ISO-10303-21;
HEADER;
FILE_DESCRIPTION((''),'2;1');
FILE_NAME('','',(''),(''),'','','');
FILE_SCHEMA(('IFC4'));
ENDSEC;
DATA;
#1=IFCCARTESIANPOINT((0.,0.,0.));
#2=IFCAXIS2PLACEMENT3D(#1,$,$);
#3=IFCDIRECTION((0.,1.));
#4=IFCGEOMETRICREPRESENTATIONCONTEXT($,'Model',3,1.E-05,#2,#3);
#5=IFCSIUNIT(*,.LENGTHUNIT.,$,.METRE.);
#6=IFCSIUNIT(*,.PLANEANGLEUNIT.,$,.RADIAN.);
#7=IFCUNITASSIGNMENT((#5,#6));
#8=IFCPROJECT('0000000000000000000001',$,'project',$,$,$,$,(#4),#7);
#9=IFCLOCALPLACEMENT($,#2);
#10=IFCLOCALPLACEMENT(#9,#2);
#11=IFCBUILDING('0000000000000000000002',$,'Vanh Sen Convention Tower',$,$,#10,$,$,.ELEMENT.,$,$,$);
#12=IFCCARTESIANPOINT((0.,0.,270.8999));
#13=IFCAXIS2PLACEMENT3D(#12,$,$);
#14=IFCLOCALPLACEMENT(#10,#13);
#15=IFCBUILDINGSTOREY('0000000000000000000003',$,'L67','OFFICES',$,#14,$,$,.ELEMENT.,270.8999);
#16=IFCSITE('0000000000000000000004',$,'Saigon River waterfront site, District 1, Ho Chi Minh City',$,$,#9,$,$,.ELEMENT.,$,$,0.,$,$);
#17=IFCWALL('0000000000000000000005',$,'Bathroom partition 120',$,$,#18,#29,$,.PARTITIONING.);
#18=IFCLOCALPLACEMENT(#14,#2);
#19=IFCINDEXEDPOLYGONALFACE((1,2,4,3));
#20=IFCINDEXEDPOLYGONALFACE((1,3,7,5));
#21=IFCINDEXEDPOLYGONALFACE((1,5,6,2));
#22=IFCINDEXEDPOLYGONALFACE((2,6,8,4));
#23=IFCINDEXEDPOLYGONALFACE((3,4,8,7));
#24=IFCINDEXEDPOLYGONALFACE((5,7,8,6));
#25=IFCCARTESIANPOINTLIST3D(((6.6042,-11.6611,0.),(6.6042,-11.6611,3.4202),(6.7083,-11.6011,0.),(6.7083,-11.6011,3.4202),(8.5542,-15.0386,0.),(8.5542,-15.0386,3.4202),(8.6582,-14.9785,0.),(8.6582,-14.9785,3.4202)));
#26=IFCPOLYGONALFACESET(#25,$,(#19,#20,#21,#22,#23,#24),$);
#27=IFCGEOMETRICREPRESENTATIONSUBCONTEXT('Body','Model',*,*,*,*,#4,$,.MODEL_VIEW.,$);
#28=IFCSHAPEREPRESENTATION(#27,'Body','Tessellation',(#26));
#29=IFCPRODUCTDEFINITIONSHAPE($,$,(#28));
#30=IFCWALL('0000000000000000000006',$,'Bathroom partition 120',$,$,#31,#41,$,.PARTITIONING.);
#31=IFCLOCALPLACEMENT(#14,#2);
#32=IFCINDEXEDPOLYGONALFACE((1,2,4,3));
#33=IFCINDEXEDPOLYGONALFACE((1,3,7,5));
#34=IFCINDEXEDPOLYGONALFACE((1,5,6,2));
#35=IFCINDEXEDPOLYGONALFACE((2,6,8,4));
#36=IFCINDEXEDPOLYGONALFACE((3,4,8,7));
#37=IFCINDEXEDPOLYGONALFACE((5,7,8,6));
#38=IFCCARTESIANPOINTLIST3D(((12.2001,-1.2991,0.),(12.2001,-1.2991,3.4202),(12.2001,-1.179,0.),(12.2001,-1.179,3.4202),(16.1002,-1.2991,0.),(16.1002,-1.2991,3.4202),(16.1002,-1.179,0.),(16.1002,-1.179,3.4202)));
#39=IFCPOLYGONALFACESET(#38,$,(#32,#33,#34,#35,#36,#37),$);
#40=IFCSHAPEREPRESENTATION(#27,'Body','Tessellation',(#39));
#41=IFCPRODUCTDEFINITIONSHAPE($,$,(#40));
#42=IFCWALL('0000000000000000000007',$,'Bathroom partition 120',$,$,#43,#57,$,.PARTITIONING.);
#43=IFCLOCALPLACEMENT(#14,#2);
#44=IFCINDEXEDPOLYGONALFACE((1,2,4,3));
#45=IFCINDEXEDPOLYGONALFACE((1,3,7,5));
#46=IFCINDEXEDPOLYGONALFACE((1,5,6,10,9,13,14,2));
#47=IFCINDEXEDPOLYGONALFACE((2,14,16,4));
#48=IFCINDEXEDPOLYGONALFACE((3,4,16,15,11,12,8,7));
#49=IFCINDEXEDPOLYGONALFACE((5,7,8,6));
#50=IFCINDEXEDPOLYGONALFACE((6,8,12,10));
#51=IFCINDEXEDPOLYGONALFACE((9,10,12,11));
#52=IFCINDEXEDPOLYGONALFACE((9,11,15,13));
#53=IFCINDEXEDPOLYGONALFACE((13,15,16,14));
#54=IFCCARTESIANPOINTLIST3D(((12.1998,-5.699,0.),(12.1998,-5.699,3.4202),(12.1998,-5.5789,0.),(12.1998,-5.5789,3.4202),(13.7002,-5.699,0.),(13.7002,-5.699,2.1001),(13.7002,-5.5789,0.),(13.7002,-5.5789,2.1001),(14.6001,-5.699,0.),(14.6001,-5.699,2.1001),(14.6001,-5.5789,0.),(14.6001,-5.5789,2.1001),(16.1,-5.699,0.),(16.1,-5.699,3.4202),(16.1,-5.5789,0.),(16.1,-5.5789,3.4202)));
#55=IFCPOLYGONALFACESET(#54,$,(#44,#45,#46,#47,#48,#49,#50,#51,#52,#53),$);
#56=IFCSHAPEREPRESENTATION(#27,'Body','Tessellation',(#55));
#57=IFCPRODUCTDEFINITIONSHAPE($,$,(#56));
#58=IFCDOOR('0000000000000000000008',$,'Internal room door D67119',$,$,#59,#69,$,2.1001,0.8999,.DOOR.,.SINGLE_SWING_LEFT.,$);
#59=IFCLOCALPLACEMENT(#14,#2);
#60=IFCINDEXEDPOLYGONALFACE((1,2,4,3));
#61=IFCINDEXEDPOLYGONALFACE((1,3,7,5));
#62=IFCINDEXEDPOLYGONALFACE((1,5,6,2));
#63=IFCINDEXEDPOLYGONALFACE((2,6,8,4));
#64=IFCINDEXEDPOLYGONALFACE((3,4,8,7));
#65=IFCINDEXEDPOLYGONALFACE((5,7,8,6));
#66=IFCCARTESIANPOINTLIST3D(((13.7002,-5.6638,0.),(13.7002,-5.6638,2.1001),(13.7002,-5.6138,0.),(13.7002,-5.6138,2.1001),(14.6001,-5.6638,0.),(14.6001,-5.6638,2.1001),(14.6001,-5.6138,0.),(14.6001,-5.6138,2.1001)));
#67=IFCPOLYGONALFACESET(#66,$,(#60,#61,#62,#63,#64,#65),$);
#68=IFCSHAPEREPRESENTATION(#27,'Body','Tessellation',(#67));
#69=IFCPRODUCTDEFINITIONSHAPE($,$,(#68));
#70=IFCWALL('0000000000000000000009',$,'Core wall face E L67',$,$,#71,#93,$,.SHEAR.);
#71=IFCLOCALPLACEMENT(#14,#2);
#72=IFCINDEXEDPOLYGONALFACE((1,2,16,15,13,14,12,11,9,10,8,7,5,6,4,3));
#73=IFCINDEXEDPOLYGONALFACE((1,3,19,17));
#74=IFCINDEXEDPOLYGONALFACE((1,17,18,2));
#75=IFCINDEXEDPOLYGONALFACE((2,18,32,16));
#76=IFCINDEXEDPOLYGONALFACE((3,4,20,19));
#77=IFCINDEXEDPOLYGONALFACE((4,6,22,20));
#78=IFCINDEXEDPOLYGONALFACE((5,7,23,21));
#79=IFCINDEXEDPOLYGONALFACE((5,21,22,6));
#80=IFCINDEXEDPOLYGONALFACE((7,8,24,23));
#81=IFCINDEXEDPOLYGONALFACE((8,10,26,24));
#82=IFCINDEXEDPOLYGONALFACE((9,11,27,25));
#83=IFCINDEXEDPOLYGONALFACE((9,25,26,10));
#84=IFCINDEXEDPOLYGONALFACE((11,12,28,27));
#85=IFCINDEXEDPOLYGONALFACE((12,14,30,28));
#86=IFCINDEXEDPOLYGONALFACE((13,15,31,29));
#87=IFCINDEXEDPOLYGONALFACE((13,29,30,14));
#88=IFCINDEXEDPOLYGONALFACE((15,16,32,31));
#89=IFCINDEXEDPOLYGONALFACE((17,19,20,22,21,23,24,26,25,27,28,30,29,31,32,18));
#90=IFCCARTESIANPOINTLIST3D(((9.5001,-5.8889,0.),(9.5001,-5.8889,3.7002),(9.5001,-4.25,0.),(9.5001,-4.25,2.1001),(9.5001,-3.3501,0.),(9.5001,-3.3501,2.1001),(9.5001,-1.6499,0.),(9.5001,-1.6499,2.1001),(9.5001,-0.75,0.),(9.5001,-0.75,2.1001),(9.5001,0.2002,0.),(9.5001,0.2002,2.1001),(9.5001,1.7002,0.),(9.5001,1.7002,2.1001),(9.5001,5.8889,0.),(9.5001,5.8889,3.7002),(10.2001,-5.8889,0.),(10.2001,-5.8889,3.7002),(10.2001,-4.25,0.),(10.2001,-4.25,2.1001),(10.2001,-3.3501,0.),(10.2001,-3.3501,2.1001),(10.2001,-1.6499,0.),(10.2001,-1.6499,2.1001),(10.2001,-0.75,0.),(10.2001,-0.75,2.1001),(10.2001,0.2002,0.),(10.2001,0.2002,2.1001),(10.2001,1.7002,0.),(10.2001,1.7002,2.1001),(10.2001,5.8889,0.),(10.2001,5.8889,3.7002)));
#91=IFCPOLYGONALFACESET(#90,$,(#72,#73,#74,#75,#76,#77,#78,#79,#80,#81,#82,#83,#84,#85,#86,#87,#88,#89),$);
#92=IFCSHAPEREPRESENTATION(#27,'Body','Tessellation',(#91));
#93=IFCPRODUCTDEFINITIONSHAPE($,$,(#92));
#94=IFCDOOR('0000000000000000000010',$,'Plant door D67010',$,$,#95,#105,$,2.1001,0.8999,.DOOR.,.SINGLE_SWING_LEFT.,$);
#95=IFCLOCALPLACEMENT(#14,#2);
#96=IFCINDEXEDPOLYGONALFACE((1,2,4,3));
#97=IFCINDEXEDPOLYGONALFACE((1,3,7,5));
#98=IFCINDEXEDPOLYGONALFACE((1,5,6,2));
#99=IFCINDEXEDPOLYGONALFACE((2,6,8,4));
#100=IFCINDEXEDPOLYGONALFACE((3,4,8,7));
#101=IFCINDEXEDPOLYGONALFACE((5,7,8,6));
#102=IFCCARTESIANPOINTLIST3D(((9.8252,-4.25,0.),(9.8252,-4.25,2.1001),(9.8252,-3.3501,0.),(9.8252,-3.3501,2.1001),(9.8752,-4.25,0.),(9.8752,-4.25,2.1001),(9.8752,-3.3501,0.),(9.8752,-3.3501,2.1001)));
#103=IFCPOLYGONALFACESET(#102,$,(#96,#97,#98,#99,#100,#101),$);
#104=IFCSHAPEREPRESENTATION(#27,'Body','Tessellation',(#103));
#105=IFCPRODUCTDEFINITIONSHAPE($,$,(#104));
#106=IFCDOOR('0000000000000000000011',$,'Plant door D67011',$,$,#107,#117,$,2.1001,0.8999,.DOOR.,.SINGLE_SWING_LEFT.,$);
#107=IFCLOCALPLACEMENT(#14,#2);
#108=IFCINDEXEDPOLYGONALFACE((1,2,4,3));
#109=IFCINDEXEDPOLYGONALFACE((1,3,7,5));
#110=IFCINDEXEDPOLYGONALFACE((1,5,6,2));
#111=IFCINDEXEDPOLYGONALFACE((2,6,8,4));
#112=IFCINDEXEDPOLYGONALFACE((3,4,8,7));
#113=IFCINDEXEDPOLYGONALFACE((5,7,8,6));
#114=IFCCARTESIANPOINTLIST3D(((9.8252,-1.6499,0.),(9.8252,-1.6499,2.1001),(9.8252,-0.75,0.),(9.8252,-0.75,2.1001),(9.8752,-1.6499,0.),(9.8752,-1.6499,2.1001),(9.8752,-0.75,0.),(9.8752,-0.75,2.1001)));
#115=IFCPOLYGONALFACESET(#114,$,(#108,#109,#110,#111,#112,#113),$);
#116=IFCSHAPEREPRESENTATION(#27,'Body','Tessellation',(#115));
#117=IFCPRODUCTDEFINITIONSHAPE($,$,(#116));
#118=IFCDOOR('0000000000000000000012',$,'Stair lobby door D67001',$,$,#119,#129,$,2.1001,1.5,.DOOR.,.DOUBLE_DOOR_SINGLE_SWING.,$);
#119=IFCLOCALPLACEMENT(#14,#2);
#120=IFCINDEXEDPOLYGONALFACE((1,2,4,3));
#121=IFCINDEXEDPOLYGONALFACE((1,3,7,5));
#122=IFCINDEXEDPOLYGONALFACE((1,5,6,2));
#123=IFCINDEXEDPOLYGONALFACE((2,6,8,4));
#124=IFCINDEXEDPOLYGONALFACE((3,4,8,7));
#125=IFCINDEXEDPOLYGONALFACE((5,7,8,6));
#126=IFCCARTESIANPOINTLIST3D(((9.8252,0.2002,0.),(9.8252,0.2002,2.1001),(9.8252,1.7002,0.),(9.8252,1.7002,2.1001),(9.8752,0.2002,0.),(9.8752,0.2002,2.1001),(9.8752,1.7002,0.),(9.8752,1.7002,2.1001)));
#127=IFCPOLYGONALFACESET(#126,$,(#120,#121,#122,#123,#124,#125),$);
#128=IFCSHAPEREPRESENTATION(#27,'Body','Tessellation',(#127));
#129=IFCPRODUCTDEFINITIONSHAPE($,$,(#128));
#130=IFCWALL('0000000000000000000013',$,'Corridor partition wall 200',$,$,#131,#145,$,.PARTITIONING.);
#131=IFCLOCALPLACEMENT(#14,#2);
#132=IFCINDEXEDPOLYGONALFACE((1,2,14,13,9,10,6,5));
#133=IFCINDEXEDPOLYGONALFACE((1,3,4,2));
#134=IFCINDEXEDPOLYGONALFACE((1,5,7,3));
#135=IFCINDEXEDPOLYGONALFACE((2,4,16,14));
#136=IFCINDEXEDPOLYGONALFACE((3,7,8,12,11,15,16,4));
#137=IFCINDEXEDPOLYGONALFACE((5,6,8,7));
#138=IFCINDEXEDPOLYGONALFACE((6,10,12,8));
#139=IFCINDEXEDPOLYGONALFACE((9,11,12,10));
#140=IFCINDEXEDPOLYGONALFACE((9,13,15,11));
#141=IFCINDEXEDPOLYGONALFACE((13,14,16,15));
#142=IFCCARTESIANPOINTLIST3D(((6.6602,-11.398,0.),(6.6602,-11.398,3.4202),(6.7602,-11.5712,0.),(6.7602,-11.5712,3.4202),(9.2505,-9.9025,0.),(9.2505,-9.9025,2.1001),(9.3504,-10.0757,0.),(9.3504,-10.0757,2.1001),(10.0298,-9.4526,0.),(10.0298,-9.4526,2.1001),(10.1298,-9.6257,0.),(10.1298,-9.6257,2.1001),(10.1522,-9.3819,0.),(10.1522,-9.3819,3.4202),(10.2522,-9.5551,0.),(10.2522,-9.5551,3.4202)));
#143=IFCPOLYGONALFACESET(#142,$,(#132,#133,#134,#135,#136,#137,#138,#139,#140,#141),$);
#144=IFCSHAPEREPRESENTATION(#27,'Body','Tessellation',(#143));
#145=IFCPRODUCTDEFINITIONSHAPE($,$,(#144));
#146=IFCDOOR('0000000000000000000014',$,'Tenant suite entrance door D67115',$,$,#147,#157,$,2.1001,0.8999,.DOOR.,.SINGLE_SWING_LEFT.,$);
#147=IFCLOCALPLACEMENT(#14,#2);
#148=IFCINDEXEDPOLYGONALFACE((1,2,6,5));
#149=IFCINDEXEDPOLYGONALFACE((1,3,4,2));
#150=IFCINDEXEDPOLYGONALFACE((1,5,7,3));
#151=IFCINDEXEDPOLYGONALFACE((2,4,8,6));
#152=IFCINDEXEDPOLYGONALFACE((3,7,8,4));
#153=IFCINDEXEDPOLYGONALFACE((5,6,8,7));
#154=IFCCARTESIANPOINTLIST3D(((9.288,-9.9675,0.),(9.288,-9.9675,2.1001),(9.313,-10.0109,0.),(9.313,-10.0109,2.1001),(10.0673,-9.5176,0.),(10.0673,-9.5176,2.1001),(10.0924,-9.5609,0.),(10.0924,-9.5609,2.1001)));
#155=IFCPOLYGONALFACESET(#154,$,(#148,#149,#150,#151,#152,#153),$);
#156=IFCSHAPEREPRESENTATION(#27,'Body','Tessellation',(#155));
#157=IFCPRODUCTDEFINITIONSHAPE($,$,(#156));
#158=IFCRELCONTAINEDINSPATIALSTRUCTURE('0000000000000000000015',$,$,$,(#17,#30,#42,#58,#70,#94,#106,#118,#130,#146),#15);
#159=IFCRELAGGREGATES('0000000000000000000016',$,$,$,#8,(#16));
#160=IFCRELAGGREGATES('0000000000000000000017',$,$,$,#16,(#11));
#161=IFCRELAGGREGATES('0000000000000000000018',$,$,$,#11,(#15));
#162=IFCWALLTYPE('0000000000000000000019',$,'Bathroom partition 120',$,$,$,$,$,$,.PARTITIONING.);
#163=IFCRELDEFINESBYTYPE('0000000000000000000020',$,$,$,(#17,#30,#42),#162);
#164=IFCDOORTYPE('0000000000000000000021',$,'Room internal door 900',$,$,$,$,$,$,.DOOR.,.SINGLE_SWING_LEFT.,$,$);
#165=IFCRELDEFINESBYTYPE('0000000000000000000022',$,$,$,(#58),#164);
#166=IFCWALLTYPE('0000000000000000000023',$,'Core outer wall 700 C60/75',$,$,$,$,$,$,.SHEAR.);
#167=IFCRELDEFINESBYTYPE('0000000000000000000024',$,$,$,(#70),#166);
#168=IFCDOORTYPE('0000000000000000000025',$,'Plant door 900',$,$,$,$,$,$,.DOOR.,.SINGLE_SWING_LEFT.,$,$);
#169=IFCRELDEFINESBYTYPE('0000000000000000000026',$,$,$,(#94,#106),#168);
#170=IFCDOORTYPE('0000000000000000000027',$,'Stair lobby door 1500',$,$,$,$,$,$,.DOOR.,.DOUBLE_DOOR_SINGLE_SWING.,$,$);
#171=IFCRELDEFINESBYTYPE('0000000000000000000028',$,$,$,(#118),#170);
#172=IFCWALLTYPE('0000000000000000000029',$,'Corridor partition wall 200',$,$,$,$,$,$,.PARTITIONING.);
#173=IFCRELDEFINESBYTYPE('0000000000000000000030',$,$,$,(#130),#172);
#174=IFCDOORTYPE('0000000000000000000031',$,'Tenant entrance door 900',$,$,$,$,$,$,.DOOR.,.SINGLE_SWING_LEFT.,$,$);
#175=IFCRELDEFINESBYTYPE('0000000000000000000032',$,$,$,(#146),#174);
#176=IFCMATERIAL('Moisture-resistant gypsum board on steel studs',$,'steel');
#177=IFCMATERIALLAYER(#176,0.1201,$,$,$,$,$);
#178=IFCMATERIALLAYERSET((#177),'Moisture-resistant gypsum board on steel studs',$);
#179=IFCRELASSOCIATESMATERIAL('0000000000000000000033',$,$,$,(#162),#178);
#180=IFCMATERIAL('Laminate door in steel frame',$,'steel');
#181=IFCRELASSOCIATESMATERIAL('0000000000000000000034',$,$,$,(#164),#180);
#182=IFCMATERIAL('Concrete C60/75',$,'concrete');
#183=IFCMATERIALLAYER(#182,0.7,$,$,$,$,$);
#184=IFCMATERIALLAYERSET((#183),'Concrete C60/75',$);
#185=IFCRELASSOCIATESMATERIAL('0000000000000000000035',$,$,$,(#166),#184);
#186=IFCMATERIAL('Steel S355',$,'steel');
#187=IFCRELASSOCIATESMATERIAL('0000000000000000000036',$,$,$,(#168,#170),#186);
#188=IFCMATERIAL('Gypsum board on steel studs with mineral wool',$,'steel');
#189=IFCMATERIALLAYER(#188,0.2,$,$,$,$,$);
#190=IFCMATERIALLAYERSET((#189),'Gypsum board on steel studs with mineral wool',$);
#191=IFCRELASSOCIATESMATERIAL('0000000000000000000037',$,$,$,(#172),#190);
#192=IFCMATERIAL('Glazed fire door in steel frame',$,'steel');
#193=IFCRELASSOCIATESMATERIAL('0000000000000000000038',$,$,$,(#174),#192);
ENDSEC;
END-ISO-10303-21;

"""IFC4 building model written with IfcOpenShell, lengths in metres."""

from ifc_helpers import new_model, si_unit, direction, frame, frame_2d, origin, place, context, subcontext, project, spatial, rectangle, extrude, material, layer, layer_set, type_object, element, fill, save


model = new_model("IFC4")

# Units and contexts
model_context = context("Model", 3, precision=1e-05, world=origin(), true_north=direction((0.0, 1.0)))
body_context = subcontext(model_context, "Body", "Model", "MODEL_VIEW")
ifc_project = project(units=[si_unit("LENGTHUNIT", "METRE"), si_unit("PLANEANGLEUNIT", "RADIAN")], contexts=[model_context])

# Site, building, storey
site_placement = place(None, origin())
site = spatial("IfcSite", under=ifc_project, at=site_placement, Name="Saigon River waterfront site, District 1, Ho Chi Minh City", CompositionType="ELEMENT", RefElevation=0.0)
building_placement = place(site_placement, origin())
building = spatial("IfcBuilding", under=site, at=building_placement, Name="Vanh Sen Convention Tower", CompositionType="ELEMENT")
storey_placement = place(building_placement, frame((0.0, 0.0, 270.8999)))
storey = spatial("IfcBuildingStorey", under=building, at=storey_placement, Name="L67", Description="OFFICES", CompositionType="ELEMENT", Elevation=270.8999)

# Walls
ifc_material_1 = material(Name="Moisture-resistant gypsum board on steel studs", Category="steel")
ifc_layer_1 = layer(ifc_material_1, 0.1201)
ifc_layer_set_1 = layer_set([ifc_layer_1], Name="Moisture-resistant gypsum board on steel studs")
wall_type_1 = type_object("IfcWallType", Name="Bathroom partition 120", PredefinedType="PARTITIONING", material=ifc_layer_set_1)
wall_1_placement = place(storey_placement, frame((6.6562, -11.6311, 0.0), z_axis=(0.0, 0.0, 1.0), x_axis=(0.499997, -0.866027, 0.0)))
element("IfcWall", 1, at=wall_1_placement, inside=storey, type_object=wall_type_1, Name="Bathroom partition 120", PredefinedType="PARTITIONING", context=body_context, shape_type="SweptSolid", body=[
    extrude(rectangle(XDim=3.8999, YDim=0.1201, at=frame_2d((1.95, 0.0))), origin(), (0.0, 0.0, 1.0), 3.4202),
])
wall_2_placement = place(storey_placement, frame((12.2, -1.239, 0.0), z_axis=(0.0, 0.0, 1.0), x_axis=(1.0, 0.0, 0.0)))
element("IfcWall", 2, at=wall_2_placement, inside=storey, type_object=wall_type_1, Name="Bathroom partition 120", PredefinedType="PARTITIONING", context=body_context, shape_type="SweptSolid", body=[
    extrude(rectangle(XDim=3.9001, YDim=0.1201, at=frame_2d((1.9502, 0.0))), origin(), (0.0, 0.0, 1.0), 3.4202),
])

# Wall, opening, door
wall_3_placement = place(storey_placement, frame((16.1001, -5.6389, 0.0), z_axis=(0.0, 0.0, 1.0), x_axis=(-1.0, 0.0, 0.0)))
wall_3 = element("IfcWall", 3, at=wall_3_placement, inside=storey, type_object=wall_type_1, Name="Bathroom partition 120", PredefinedType="PARTITIONING", context=body_context, shape_type="SweptSolid", body=[
    extrude(rectangle(XDim=3.9001, YDim=0.1201, at=frame_2d((1.9502, 0.0))), origin(), (0.0, 0.0, 1.0), 3.4202),
])
opening_1_placement = place(wall_3_placement, frame((1.5, 0.0, 0.0)))
opening_1 = element("IfcOpeningElement", 4, at=opening_1_placement, cuts=wall_3, PredefinedType="OPENING", context=body_context, shape_type="SweptSolid", body=[
    extrude(rectangle(XDim=0.8999, YDim=2.1001, at=frame_2d((0.45, 1.05))), frame((0.0, 0.0701, 0.0), z_axis=(0.0, -1.0, 0.0), x_axis=(1.0, 0.0, 0.0)), (0.0, 0.0, 1.0), 0.1401),
])
ifc_material_2 = material(Name="Laminate door in steel frame", Category="steel")
door_type_1 = type_object("IfcDoorType", Name="Room internal door 900", OperationType="SINGLE_SWING_LEFT", PredefinedType="DOOR", material=ifc_material_2)
door_1_placement = place(opening_1_placement, origin())
door_1 = element("IfcDoor", 5, at=door_1_placement, inside=storey, type_object=door_type_1, Name="Internal room door D67119", OperationType="SINGLE_SWING_LEFT", OverallHeight=2.1001, OverallWidth=0.8999, PredefinedType="DOOR", context=body_context, shape_type="SweptSolid", body=[
    extrude(rectangle(XDim=0.8999, YDim=2.1001, at=frame_2d((0.45, 1.05))), frame((0.0, 0.0249, 0.0), z_axis=(0.0, -1.0, 0.0), x_axis=(1.0, 0.0, 0.0)), (0.0, 0.0, 1.0), 0.05),
])
fill(opening_1, door_1)

# Wall, openings, doors
ifc_material_3 = material(Name="Concrete C60/75", Category="concrete")
ifc_layer_2 = layer(ifc_material_3, 0.7)
ifc_layer_set_2 = layer_set([ifc_layer_2], Name="Concrete C60/75")
wall_type_2 = type_object("IfcWallType", Name="Core outer wall 700 C60/75", PredefinedType="SHEAR", material=ifc_layer_set_2)
wall_4_placement = place(storey_placement, frame((9.8501, -5.8889, 0.0), z_axis=(0.0, 0.0, 1.0), x_axis=(0.0, 1.0, 0.0)))
wall_4 = element("IfcWall", 6, at=wall_4_placement, inside=storey, type_object=wall_type_2, Name="Core wall face E L67", PredefinedType="SHEAR", context=body_context, shape_type="SweptSolid", body=[
    extrude(rectangle(XDim=11.7778, YDim=0.7, at=frame_2d((5.8889, 0.0))), origin(), (0.0, 0.0, 1.0), 3.7002),
])
opening_2_placement = place(wall_4_placement, frame((6.0891, 0.0, 0.0)))
opening_2 = element("IfcOpeningElement", 7, at=opening_2_placement, cuts=wall_4, PredefinedType="OPENING", context=body_context, shape_type="SweptSolid", body=[
    extrude(rectangle(XDim=1.5, YDim=2.1001, at=frame_2d((0.75, 1.05))), frame((0.0, 0.3599, 0.0), z_axis=(0.0, -1.0, 0.0), x_axis=(1.0, 0.0, 0.0)), (0.0, 0.0, 1.0), 0.72),
])
opening_3_placement = place(wall_4_placement, frame((1.6389, 0.0, 0.0)))
opening_3 = element("IfcOpeningElement", 8, at=opening_3_placement, cuts=wall_4, PredefinedType="OPENING", context=body_context, shape_type="SweptSolid", body=[
    extrude(rectangle(XDim=0.8999, YDim=2.1001, at=frame_2d((0.45, 1.05))), frame((0.0, 0.3599, 0.0), z_axis=(0.0, -1.0, 0.0), x_axis=(1.0, 0.0, 0.0)), (0.0, 0.0, 1.0), 0.72),
])
opening_4_placement = place(wall_4_placement, frame((4.239, 0.0, 0.0)))
opening_4 = element("IfcOpeningElement", 9, at=opening_4_placement, cuts=wall_4, PredefinedType="OPENING", context=body_context, shape_type="SweptSolid", body=[
    extrude(rectangle(XDim=0.8999, YDim=2.1001, at=frame_2d((0.45, 1.05))), frame((0.0, 0.3599, 0.0), z_axis=(0.0, -1.0, 0.0), x_axis=(1.0, 0.0, 0.0)), (0.0, 0.0, 1.0), 0.72),
])
ifc_material_4 = material(Name="Steel S355", Category="steel")
door_type_2 = type_object("IfcDoorType", Name="Plant door 900", OperationType="SINGLE_SWING_LEFT", PredefinedType="DOOR", material=ifc_material_4)
door_2_placement = place(opening_3_placement, origin())
door_2 = element("IfcDoor", 10, at=door_2_placement, inside=storey, type_object=door_type_2, Name="Plant door D67010", OperationType="SINGLE_SWING_LEFT", OverallHeight=2.1001, OverallWidth=0.8999, PredefinedType="DOOR", context=body_context, shape_type="SweptSolid", body=[
    extrude(rectangle(XDim=0.8999, YDim=2.1001, at=frame_2d((0.45, 1.05))), frame((0.0, 0.0249, 0.0), z_axis=(0.0, -1.0, 0.0), x_axis=(1.0, 0.0, 0.0)), (0.0, 0.0, 1.0), 0.05),
])
fill(opening_3, door_2)
door_3_placement = place(opening_4_placement, origin())
door_3 = element("IfcDoor", 11, at=door_3_placement, inside=storey, type_object=door_type_2, Name="Plant door D67011", OperationType="SINGLE_SWING_LEFT", OverallHeight=2.1001, OverallWidth=0.8999, PredefinedType="DOOR", context=body_context, shape_type="SweptSolid", body=[
    extrude(rectangle(XDim=0.8999, YDim=2.1001, at=frame_2d((0.45, 1.05))), frame((0.0, 0.0249, 0.0), z_axis=(0.0, -1.0, 0.0), x_axis=(1.0, 0.0, 0.0)), (0.0, 0.0, 1.0), 0.05),
])
fill(opening_4, door_3)
door_type_3 = type_object("IfcDoorType", Name="Stair lobby door 1500", OperationType="DOUBLE_DOOR_SINGLE_SWING", PredefinedType="DOOR", material=ifc_material_4)
door_4_placement = place(opening_2_placement, origin())
door_4 = element("IfcDoor", 12, at=door_4_placement, inside=storey, type_object=door_type_3, Name="Stair lobby door D67001", OperationType="DOUBLE_DOOR_SINGLE_SWING", OverallHeight=2.1001, OverallWidth=1.5, PredefinedType="DOOR", context=body_context, shape_type="SweptSolid", body=[
    extrude(rectangle(XDim=1.5, YDim=2.1001, at=frame_2d((0.75, 1.05))), frame((0.0, 0.0249, 0.0), z_axis=(0.0, -1.0, 0.0), x_axis=(1.0, 0.0, 0.0)), (0.0, 0.0, 1.0), 0.05),
])
fill(opening_2, door_4)

# Wall, opening, door
ifc_material_5 = material(Name="Gypsum board on steel studs with mineral wool", Category="steel")
ifc_layer_3 = layer(ifc_material_5, 0.2)
ifc_layer_set_3 = layer_set([ifc_layer_3], Name="Gypsum board on steel studs with mineral wool")
wall_type_3 = type_object("IfcWallType", Name="Corridor partition wall 200", PredefinedType="PARTITIONING", material=ifc_layer_set_3)
wall_5_placement = place(storey_placement, frame((6.7102, -11.4846, 0.0), z_axis=(0.0, 0.0, 1.0), x_axis=(0.866021, 0.500007, 0.0)))
wall_5 = element("IfcWall", 13, at=wall_5_placement, inside=storey, type_object=wall_type_3, Name="Corridor partition wall 200", PredefinedType="PARTITIONING", context=body_context, shape_type="SweptSolid", body=[
    extrude(rectangle(XDim=4.0322, YDim=0.2, at=frame_2d((2.0161, 0.0))), origin(), (0.0, 0.0, 1.0), 3.4202),
])
opening_5_placement = place(wall_5_placement, frame((2.991, 0.0, 0.0)))
opening_5 = element("IfcOpeningElement", 14, at=opening_5_placement, cuts=wall_5, PredefinedType="OPENING", context=body_context, shape_type="SweptSolid", body=[
    extrude(rectangle(XDim=0.8999, YDim=2.1001, at=frame_2d((0.45, 1.05))), frame((0.0, 0.1099, 0.0), z_axis=(0.0, -1.0, 0.0), x_axis=(1.0, 0.0, 0.0)), (0.0, 0.0, 1.0), 0.22),
])
ifc_material_6 = material(Name="Glazed fire door in steel frame", Category="steel")
door_type_4 = type_object("IfcDoorType", Name="Tenant entrance door 900", OperationType="SINGLE_SWING_LEFT", PredefinedType="DOOR", material=ifc_material_6)
door_5_placement = place(opening_5_placement, origin())
door_5 = element("IfcDoor", 15, at=door_5_placement, inside=storey, type_object=door_type_4, Name="Tenant suite entrance door D67115", OperationType="SINGLE_SWING_LEFT", OverallHeight=2.1001, OverallWidth=0.8999, PredefinedType="DOOR", context=body_context, shape_type="SweptSolid", body=[
    extrude(rectangle(XDim=0.8999, YDim=2.1001, at=frame_2d((0.45, 1.05))), frame((0.0, 0.0249, 0.0), z_axis=(0.0, -1.0, 0.0), x_axis=(1.0, 0.0, 0.0)), (0.0, 0.0, 1.0), 0.05),
])
fill(opening_5, door_5)

save(model, "model.ifc")
